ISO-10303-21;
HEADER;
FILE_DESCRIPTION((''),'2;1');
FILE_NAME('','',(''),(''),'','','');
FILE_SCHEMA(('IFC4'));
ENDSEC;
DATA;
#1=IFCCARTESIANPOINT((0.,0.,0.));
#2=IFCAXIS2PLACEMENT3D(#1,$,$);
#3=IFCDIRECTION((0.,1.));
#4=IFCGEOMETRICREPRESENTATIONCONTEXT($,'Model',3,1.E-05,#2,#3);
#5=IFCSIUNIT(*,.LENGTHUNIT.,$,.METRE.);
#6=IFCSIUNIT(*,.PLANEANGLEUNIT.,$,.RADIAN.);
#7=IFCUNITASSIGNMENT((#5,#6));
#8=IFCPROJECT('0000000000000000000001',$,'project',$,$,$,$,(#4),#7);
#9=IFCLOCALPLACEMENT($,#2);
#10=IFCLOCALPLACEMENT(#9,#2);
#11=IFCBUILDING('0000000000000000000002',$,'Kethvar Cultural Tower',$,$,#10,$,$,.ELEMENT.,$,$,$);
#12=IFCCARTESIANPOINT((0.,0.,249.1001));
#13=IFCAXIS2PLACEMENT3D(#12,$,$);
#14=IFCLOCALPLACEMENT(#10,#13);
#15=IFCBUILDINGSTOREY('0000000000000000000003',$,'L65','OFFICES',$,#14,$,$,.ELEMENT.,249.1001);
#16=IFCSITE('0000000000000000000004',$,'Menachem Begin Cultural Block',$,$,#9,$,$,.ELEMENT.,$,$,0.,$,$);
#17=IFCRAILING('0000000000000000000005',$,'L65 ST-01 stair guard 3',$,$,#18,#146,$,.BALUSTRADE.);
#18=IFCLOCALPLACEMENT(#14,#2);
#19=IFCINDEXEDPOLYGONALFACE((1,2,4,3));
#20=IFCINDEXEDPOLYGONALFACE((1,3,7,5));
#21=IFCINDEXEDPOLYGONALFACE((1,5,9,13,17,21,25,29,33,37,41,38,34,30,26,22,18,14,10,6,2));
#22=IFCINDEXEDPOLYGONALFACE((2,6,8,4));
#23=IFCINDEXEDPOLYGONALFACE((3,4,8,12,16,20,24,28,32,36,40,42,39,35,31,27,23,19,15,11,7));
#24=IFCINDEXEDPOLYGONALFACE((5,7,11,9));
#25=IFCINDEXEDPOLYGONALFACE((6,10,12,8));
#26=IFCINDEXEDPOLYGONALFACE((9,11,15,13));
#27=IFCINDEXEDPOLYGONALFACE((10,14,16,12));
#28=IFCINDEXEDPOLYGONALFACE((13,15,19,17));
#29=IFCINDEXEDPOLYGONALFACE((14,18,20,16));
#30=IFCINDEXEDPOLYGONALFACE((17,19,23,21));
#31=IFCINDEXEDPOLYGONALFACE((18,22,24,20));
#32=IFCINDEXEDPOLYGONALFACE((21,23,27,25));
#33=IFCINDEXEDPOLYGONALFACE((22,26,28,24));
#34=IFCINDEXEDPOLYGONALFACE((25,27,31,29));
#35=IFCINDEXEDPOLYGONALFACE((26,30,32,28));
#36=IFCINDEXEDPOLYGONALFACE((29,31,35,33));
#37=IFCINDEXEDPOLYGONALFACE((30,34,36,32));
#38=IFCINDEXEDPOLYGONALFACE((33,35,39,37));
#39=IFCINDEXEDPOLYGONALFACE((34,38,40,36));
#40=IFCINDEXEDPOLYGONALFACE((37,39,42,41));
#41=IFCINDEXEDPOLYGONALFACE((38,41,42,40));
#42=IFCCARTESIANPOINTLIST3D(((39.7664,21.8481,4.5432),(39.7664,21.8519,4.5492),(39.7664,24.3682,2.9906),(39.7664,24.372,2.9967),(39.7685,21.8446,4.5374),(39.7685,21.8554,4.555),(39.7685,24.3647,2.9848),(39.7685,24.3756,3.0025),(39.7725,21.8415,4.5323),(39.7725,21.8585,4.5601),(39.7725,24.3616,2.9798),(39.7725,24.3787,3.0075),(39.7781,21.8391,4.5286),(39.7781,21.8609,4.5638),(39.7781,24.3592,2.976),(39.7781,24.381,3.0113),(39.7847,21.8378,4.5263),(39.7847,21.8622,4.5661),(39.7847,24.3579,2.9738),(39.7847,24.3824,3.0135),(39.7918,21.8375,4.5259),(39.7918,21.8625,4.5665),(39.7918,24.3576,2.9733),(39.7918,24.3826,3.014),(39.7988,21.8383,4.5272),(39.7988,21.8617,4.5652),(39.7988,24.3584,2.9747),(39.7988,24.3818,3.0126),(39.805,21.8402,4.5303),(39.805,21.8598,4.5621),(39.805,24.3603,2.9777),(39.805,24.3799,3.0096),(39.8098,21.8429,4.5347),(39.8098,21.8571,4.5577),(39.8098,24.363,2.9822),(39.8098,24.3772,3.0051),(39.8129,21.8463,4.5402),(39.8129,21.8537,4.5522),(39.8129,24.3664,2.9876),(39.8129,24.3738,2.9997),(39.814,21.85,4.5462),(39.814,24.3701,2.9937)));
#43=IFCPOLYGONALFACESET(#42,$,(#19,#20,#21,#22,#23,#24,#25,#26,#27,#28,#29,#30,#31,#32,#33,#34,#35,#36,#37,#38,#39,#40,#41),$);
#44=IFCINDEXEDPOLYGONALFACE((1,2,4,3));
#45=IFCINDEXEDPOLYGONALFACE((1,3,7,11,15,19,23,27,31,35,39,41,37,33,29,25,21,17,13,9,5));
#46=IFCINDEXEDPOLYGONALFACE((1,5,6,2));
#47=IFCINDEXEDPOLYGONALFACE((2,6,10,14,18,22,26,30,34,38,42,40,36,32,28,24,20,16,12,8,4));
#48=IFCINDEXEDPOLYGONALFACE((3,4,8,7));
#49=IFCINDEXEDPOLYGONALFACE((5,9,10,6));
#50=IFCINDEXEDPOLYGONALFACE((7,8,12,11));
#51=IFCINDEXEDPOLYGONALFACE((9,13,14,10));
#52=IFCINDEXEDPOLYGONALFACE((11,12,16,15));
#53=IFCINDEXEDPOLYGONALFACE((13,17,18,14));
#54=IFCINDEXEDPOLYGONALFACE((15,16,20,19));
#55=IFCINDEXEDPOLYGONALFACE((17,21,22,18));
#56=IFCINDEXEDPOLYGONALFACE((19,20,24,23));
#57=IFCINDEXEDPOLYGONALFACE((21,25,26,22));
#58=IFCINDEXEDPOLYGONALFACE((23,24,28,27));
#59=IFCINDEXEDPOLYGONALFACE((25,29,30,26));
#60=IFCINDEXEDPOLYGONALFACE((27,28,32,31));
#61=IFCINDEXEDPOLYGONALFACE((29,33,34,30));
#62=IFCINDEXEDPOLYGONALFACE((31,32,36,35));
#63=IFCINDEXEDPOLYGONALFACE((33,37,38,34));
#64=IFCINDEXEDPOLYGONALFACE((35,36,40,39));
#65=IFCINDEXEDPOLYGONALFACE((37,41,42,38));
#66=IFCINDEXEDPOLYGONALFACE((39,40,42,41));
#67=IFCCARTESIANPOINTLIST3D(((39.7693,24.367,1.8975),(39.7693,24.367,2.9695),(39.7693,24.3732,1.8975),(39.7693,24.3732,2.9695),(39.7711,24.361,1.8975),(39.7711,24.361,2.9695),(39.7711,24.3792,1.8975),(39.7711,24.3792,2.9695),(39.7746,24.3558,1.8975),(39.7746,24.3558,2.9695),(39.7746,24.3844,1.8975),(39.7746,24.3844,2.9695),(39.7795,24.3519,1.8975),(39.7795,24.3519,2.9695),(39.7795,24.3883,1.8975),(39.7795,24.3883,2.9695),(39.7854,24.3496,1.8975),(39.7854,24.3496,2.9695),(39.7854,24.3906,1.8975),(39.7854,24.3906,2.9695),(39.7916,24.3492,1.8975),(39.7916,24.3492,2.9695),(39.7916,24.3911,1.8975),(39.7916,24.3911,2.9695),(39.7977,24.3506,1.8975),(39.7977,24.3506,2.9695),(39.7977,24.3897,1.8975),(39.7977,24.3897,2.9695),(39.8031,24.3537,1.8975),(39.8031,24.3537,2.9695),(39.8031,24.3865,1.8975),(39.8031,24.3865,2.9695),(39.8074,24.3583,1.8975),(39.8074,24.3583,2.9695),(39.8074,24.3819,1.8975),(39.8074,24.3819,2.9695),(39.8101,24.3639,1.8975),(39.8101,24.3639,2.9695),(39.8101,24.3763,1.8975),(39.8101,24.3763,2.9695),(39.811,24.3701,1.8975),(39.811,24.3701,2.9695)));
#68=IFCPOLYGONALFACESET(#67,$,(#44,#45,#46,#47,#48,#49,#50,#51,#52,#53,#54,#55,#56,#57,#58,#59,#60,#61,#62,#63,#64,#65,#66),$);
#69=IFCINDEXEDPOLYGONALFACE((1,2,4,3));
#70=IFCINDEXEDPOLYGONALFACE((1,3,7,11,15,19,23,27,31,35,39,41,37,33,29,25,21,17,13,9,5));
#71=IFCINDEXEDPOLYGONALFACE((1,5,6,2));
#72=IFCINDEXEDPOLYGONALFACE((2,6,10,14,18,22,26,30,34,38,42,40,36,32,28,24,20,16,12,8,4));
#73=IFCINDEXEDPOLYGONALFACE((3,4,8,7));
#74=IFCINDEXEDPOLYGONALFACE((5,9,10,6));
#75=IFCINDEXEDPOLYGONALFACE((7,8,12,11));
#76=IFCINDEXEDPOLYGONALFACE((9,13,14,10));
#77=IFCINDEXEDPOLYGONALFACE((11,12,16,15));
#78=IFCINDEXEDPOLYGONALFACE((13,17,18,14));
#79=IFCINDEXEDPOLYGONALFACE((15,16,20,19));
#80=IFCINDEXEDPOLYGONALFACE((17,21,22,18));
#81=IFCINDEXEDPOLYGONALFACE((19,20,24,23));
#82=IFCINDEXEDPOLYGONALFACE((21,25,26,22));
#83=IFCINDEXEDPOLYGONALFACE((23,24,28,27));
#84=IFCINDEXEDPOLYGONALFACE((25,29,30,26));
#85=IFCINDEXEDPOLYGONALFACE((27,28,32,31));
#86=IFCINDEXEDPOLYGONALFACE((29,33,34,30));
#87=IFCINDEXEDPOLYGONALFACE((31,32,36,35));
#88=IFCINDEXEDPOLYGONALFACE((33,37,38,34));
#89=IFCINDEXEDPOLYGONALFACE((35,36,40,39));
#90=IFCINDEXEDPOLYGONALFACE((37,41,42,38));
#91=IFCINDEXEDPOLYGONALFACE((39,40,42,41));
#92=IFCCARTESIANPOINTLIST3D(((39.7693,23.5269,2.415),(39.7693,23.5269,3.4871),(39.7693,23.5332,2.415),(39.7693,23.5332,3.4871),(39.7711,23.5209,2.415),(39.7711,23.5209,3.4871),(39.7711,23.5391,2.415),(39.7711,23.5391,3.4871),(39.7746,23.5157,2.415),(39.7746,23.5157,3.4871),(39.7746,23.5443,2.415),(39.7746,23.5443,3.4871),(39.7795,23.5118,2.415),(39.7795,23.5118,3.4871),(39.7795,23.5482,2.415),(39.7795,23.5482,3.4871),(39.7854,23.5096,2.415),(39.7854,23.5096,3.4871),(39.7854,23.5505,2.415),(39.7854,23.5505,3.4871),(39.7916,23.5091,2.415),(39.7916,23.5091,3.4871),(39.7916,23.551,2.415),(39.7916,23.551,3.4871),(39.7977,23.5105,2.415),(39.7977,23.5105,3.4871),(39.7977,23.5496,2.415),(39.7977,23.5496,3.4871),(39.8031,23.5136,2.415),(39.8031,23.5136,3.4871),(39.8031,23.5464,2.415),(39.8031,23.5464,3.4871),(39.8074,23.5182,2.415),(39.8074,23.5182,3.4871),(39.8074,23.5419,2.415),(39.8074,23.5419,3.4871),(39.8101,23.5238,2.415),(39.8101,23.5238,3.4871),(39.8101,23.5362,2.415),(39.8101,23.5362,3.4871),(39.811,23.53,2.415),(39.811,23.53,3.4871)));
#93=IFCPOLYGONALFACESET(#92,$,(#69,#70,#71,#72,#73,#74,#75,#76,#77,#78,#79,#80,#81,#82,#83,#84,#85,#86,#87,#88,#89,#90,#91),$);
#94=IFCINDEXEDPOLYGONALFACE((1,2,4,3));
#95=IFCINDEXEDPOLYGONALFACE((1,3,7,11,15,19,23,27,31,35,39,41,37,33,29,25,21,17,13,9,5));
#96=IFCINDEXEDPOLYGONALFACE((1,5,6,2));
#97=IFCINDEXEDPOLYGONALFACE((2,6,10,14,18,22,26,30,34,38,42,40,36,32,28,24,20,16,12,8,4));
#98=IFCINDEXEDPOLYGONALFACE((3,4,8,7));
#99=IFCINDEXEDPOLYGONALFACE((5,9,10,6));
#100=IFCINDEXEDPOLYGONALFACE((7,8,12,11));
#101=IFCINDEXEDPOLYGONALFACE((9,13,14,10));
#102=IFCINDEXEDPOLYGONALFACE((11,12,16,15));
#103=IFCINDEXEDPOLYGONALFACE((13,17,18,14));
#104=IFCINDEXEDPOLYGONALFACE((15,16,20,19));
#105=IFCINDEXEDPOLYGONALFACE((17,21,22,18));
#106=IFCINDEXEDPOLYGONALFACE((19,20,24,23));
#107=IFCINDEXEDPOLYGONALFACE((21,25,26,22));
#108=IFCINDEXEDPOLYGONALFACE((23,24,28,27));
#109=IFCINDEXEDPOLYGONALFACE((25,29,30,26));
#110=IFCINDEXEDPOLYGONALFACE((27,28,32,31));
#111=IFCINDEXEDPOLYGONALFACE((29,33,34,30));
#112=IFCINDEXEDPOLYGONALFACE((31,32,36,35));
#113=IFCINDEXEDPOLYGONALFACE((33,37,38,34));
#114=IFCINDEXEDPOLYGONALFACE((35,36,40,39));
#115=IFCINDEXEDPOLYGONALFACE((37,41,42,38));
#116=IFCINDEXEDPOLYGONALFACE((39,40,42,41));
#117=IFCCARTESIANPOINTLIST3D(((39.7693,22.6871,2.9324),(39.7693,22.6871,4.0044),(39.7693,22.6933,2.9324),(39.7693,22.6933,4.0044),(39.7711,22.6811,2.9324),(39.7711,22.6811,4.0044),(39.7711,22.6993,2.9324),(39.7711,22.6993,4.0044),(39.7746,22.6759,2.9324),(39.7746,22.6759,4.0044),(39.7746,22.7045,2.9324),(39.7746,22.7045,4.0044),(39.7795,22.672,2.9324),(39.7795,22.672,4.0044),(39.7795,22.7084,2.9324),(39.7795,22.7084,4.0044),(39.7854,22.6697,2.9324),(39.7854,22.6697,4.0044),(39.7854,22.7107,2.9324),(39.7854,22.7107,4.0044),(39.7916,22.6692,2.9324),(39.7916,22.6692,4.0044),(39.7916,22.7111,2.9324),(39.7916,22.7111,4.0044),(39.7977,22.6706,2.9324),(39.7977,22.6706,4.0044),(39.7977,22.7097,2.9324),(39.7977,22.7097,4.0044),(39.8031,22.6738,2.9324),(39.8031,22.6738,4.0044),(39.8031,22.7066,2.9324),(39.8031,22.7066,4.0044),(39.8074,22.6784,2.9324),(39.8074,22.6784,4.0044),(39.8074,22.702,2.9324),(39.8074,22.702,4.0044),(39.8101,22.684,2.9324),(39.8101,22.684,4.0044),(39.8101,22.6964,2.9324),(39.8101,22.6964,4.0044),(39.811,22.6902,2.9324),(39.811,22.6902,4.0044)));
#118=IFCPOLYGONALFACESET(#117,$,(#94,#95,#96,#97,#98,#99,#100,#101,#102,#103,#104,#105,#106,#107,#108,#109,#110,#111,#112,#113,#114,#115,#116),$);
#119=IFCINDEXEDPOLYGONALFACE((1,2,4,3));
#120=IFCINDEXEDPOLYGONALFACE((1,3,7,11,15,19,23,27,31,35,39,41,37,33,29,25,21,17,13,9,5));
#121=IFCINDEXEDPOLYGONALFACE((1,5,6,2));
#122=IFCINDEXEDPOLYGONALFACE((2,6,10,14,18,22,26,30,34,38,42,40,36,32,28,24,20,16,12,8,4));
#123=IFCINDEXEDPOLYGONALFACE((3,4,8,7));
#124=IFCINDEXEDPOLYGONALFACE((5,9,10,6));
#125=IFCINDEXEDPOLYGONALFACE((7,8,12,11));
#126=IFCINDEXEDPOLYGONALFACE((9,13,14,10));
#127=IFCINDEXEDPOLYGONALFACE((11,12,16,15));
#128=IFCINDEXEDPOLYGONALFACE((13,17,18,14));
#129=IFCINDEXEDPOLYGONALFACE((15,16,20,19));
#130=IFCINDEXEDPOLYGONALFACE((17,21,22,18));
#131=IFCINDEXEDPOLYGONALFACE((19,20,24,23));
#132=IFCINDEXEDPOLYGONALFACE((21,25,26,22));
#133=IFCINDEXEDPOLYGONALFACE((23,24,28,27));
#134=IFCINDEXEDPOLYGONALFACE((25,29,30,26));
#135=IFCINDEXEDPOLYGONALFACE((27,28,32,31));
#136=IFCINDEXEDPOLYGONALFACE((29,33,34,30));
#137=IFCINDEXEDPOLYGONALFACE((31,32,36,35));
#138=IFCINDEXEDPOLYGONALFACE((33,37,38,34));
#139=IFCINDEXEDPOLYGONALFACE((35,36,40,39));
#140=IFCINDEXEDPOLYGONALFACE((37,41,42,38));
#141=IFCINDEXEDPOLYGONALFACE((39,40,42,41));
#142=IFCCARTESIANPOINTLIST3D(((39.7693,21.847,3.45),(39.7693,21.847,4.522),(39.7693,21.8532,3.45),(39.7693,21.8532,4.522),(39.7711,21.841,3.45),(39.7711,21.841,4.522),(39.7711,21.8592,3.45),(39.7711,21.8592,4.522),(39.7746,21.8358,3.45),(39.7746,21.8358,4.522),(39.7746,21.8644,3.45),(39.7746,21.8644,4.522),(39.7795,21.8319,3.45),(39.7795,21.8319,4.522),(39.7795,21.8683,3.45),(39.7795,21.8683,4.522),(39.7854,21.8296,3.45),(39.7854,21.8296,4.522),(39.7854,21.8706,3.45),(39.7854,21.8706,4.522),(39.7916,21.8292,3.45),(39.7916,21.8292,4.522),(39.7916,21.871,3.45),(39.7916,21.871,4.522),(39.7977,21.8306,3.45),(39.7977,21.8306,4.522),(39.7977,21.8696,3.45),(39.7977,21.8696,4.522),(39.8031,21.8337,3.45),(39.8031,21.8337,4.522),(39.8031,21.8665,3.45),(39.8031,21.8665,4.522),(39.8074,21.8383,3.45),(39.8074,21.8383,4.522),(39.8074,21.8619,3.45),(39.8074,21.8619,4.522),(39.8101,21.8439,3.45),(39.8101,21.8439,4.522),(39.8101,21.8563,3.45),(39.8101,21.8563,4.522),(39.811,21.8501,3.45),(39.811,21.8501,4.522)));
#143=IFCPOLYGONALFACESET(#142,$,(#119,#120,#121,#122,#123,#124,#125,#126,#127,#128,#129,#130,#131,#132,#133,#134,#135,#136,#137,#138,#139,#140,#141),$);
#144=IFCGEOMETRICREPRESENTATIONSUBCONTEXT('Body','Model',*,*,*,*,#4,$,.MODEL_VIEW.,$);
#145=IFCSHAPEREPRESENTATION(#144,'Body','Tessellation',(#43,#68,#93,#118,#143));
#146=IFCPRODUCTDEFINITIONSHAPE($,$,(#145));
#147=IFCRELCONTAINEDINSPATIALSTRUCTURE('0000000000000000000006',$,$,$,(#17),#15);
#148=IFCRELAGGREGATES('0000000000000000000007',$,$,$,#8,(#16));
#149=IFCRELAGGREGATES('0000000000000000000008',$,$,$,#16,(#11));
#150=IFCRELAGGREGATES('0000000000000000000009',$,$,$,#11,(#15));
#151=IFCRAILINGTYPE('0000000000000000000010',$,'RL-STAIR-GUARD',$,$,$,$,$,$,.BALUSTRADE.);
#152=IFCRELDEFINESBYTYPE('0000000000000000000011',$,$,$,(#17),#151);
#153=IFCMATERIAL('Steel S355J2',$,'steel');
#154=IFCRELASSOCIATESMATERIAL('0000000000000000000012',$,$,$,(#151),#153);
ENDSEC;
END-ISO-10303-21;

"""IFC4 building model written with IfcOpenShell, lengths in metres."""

from ifc_helpers import new_model, si_unit, direction, frame, origin, origin_2d, place, context, subcontext, project, spatial, circle, extrude, material, type_object, element, save


model = new_model("IFC4")

# Units and contexts
model_context = context("Model", 3, precision=1e-05, world=origin(), true_north=direction((0.0, 1.0)))
body_context = subcontext(model_context, "Body", "Model", "MODEL_VIEW")
ifc_project = project(units=[si_unit("LENGTHUNIT", "METRE"), si_unit("PLANEANGLEUNIT", "RADIAN")], contexts=[model_context])

# Site, building, storey
site_placement = place(None, origin())
site = spatial("IfcSite", under=ifc_project, at=site_placement, Name="Menachem Begin Cultural Block", CompositionType="ELEMENT", RefElevation=0.0)
building_placement = place(site_placement, origin())
building = spatial("IfcBuilding", under=site, at=building_placement, Name="Kethvar Cultural Tower", CompositionType="ELEMENT")
storey_placement = place(building_placement, frame((0.0, 0.0, 249.1001)))
storey = spatial("IfcBuildingStorey", under=building, at=storey_placement, Name="L65", Description="OFFICES", CompositionType="ELEMENT", Elevation=249.1001)

# Shared definitions
ifc_material_1 = material(Name="Steel S355J2", Category="steel")

# Railing
railing_type_1 = type_object("IfcRailingType", Name="RL-STAIR-GUARD", PredefinedType="BALUSTRADE", material=ifc_material_1)
railing_1_placement = place(storey_placement, frame((39.79, 24.3701, 1.8975)))
element("IfcRailing", 1, at=railing_1_placement, inside=storey, type_object=railing_type_1, Name="L65 ST-01 stair guard 3", PredefinedType="BALUSTRADE", context=body_context, shape_type="SweptSolid", body=[
    extrude(circle(Radius=0.0239, at=origin_2d()), frame((0.0, 0.0, 1.0962), z_axis=(0.0, -0.8514, 0.524516), x_axis=(1.0, 0.0, 0.0)), (0.0, 0.0, 1.0), 2.96),
    extrude(circle(Radius=0.021, at=origin_2d()), origin(), (0.0, 0.0, 1.0), 1.072),
    extrude(circle(Radius=0.021, at=origin_2d()), frame((0.0, -0.8401, 0.5176)), (0.0, 0.0, 1.0), 1.072),
    extrude(circle(Radius=0.021, at=origin_2d()), frame((0.0, -1.6799, 1.0349)), (0.0, 0.0, 1.0), 1.072),
    extrude(circle(Radius=0.021, at=origin_2d()), frame((0.0, -2.52, 1.5525)), (0.0, 0.0, 1.0), 1.072),
])

save(model, "model.ifc")
